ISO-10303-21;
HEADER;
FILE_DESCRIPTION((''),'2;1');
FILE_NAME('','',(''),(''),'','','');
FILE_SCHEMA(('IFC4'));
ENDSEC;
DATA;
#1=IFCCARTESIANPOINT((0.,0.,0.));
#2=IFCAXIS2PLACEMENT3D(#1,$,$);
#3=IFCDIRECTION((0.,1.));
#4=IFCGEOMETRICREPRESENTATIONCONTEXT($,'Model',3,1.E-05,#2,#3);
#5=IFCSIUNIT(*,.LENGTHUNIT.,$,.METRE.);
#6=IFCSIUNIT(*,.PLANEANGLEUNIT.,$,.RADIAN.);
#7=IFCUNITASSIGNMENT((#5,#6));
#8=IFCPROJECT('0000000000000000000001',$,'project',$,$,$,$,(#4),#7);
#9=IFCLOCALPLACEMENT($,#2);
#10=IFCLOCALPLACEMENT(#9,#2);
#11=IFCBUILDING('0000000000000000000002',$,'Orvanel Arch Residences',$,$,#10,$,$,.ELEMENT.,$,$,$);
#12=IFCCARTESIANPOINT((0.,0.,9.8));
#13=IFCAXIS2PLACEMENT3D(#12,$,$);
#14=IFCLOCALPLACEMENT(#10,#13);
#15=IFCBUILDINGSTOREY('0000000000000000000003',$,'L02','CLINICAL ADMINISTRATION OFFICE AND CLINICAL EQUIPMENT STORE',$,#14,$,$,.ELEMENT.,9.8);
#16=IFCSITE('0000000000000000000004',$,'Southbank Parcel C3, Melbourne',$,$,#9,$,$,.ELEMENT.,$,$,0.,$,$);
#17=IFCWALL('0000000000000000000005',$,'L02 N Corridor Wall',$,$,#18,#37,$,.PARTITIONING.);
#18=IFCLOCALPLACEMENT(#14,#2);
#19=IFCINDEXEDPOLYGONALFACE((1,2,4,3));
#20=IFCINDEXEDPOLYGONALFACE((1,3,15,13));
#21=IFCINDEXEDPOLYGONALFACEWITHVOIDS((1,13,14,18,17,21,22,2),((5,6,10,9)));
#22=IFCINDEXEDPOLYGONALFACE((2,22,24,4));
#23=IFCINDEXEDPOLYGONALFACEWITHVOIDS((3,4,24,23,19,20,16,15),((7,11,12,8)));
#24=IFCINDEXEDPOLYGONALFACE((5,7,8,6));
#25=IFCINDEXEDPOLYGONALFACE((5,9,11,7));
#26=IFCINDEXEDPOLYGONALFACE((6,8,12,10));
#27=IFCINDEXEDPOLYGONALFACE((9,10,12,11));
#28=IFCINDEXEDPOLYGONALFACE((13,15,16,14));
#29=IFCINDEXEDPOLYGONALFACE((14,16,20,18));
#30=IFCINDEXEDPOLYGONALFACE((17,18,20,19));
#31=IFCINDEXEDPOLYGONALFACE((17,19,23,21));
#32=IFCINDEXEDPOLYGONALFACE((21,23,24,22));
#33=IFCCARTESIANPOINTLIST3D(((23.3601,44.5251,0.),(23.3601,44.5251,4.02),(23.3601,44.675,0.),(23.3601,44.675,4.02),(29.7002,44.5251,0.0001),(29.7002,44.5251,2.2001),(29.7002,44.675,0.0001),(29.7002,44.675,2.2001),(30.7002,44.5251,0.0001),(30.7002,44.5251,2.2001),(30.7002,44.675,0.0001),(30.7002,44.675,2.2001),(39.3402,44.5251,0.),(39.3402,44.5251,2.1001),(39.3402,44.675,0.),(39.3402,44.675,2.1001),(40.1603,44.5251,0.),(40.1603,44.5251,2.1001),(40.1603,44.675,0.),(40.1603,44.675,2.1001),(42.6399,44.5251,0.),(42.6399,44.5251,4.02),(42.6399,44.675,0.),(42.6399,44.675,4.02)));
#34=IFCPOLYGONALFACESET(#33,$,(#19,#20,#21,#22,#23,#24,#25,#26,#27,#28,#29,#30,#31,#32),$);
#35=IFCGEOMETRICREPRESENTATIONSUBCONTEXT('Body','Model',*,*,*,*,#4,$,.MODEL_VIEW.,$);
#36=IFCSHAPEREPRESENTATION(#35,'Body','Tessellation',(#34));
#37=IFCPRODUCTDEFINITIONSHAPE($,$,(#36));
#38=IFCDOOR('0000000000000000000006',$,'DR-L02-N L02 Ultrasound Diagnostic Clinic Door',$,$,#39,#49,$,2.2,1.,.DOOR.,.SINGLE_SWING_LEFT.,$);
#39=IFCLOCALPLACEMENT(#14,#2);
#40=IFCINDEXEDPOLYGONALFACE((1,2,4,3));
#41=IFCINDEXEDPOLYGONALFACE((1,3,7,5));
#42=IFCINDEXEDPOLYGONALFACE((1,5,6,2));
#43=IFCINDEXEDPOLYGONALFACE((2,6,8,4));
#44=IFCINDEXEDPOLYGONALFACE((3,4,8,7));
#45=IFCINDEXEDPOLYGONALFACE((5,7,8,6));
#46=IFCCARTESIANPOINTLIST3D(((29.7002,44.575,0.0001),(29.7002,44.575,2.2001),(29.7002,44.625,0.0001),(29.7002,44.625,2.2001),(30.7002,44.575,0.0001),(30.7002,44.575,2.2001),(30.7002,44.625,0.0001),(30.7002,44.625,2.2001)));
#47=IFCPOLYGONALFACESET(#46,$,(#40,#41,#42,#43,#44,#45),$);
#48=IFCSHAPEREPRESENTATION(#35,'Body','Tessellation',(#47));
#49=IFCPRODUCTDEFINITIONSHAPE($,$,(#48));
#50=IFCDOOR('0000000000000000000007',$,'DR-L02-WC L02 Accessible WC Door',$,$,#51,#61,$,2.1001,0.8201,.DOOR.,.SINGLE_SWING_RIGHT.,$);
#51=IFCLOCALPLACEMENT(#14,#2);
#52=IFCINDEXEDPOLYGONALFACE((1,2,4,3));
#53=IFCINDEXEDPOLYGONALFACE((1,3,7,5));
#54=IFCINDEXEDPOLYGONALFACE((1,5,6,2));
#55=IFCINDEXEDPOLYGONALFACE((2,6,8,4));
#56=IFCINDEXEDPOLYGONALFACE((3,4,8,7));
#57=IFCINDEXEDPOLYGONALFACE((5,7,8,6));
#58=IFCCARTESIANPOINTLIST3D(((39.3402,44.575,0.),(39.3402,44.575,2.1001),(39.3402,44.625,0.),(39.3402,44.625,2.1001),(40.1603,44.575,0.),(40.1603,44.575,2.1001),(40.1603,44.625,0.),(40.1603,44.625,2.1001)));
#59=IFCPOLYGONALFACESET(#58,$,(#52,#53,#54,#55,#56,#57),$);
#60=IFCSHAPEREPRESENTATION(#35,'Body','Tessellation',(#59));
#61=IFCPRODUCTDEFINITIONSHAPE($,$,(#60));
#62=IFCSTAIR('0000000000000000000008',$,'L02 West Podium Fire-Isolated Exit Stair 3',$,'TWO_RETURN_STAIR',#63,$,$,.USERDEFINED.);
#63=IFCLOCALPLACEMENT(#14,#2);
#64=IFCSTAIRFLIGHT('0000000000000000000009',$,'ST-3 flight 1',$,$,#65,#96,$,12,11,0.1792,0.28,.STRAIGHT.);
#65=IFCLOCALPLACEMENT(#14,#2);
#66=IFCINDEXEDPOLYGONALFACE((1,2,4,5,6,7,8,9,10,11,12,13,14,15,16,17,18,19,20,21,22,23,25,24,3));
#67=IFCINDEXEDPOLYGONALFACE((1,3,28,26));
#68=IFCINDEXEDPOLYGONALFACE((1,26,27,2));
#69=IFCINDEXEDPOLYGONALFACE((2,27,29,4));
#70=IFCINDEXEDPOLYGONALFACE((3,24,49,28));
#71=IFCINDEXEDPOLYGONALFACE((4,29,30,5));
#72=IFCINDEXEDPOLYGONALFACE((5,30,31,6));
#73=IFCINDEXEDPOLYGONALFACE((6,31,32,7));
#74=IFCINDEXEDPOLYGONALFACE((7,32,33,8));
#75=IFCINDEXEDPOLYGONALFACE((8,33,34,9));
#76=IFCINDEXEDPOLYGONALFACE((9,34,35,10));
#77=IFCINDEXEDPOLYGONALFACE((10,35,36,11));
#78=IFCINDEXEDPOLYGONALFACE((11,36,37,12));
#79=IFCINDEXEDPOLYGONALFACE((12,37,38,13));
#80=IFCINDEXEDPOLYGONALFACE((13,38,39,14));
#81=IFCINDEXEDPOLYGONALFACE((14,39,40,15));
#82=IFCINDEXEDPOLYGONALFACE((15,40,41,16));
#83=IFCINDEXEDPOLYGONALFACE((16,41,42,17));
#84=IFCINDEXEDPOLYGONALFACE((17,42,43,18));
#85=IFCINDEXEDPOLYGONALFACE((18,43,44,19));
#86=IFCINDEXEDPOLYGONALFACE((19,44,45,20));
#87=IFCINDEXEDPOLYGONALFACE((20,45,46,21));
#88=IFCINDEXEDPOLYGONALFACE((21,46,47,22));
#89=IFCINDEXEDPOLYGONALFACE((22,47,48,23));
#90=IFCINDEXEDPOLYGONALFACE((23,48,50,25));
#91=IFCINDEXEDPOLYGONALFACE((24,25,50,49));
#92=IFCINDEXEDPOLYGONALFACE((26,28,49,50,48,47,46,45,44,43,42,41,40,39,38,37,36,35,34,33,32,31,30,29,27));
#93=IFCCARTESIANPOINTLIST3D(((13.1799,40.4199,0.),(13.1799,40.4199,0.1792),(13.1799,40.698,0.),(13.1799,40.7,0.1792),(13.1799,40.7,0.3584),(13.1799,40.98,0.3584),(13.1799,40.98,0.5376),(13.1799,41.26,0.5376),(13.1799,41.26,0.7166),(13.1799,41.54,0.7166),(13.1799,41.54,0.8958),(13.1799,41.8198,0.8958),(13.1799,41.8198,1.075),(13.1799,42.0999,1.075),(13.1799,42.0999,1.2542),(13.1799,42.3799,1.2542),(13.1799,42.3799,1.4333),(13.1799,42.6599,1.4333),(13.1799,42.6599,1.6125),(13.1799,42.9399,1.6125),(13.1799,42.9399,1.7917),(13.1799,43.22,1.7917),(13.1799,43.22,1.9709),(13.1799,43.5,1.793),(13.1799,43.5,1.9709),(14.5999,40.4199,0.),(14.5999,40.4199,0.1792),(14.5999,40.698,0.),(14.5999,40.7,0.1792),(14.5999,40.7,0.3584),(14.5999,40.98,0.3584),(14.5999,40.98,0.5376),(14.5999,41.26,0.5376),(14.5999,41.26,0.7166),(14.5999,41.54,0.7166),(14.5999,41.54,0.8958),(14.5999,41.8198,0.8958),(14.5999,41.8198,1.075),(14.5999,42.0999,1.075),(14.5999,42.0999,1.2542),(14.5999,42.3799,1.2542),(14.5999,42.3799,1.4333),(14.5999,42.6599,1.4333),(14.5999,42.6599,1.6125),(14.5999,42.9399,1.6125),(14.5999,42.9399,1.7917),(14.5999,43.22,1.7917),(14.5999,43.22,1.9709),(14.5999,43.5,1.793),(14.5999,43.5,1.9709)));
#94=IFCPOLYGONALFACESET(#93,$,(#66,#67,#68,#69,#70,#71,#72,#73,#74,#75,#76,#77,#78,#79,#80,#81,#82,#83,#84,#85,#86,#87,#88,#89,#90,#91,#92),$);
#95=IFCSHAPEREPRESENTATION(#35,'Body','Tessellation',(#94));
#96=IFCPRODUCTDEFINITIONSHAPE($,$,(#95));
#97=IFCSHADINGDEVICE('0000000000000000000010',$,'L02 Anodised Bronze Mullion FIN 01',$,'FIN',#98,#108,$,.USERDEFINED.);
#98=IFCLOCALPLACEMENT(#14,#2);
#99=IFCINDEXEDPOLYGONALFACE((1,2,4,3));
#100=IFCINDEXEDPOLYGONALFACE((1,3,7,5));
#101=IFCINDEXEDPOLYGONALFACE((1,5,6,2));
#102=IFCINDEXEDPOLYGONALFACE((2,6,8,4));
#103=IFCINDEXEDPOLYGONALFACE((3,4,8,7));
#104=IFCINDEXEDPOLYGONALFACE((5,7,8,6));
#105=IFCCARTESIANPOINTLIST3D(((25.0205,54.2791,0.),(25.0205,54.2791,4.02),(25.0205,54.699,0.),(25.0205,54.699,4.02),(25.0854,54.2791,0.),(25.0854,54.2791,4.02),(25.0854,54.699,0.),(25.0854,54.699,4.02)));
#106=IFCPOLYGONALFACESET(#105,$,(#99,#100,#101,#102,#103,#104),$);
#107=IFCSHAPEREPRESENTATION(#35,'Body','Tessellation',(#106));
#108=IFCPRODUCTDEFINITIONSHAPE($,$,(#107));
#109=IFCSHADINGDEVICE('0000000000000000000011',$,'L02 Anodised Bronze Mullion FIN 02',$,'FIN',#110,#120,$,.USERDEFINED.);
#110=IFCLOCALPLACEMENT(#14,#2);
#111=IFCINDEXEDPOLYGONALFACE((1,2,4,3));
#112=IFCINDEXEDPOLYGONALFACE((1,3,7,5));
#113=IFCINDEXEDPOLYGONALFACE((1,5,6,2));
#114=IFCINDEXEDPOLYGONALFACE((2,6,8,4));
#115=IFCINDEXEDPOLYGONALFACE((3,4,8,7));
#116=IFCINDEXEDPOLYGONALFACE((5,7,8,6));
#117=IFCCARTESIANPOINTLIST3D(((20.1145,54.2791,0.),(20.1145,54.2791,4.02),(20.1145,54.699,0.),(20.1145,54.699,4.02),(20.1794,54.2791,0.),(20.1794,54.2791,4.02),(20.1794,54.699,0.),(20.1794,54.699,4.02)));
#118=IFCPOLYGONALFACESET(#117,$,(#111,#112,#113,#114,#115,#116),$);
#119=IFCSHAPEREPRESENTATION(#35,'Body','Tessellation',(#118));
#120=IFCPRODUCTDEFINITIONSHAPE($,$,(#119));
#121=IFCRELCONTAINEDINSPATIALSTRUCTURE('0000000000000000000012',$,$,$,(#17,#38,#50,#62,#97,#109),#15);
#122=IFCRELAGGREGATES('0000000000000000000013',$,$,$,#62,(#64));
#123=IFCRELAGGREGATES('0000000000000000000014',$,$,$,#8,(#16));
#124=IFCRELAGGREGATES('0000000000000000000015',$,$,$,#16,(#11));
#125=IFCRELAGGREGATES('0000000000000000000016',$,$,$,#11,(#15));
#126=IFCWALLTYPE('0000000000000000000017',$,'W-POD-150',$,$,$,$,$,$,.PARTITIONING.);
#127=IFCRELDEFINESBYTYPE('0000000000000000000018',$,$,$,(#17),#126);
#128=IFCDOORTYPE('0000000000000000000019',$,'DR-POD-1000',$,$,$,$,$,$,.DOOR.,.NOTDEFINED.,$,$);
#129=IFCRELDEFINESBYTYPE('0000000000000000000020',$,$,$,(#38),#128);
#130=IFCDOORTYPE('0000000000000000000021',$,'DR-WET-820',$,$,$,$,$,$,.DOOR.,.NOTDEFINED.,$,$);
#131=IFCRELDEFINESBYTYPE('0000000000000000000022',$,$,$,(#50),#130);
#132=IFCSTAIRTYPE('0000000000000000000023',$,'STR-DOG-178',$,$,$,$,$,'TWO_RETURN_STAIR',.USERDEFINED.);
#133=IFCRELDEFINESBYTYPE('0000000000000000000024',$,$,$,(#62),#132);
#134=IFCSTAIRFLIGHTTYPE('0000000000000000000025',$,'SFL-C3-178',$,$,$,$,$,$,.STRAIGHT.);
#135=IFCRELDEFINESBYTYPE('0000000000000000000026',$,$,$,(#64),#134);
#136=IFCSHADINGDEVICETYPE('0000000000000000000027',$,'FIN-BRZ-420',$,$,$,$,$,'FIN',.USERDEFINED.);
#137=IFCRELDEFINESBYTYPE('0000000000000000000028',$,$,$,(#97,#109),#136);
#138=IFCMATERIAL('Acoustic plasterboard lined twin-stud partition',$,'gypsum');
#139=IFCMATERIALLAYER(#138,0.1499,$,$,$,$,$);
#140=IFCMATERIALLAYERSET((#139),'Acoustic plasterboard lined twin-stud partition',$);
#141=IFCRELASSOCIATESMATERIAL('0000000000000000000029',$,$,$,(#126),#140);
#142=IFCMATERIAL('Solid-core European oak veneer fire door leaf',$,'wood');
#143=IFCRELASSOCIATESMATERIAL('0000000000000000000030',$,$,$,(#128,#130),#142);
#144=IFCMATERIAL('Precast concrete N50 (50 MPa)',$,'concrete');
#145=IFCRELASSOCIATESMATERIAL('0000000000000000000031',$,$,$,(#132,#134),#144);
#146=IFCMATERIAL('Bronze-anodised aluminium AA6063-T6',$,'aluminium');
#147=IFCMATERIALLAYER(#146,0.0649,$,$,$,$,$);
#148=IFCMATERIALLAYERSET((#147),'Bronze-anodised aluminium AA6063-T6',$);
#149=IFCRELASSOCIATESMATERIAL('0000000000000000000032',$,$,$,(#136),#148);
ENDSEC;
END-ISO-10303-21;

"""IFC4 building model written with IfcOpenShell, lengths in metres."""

from ifc_helpers import new_model, si_unit, direction, frame, frame_2d, origin, origin_2d, place, context, subcontext, project, spatial, polyline, rectangle, outline, extrude, material, layer, layer_set, type_object, element, fill, aggregate, save


model = new_model("IFC4")

# Units and contexts
model_context = context("Model", 3, precision=1e-05, world=origin(), true_north=direction((0.0, 1.0)))
body_context = subcontext(model_context, "Body", "Model", "MODEL_VIEW")
ifc_project = project(units=[si_unit("LENGTHUNIT", "METRE"), si_unit("PLANEANGLEUNIT", "RADIAN")], contexts=[model_context])

# Site, building, storey
site_placement = place(None, origin())
site = spatial("IfcSite", under=ifc_project, at=site_placement, Name="Southbank Parcel C3, Melbourne", CompositionType="ELEMENT", RefElevation=0.0)
building_placement = place(site_placement, origin())
building = spatial("IfcBuilding", under=site, at=building_placement, Name="Orvanel Arch Residences", CompositionType="ELEMENT")
storey_placement = place(building_placement, frame((0.0, 0.0, 9.8)))
storey = spatial("IfcBuildingStorey", under=building, at=storey_placement, Name="L02", Description="CLINICAL ADMINISTRATION OFFICE AND CLINICAL EQUIPMENT STORE", CompositionType="ELEMENT", Elevation=9.8)

# Shared definitions
ifc_material_1 = material(Name="Bronze-anodised aluminium AA6063-T6", Category="aluminium")

# Shared definitions
ifc_material_2 = material(Name="Precast concrete N50 (50 MPa)", Category="concrete")

# Wall, openings, doors
ifc_material_3 = material(Name="Acoustic plasterboard lined twin-stud partition", Category="gypsum")
ifc_layer_1 = layer(ifc_material_3, 0.1499)
ifc_layer_set_1 = layer_set([ifc_layer_1], Name="Acoustic plasterboard lined twin-stud partition")
wall_type_1 = type_object("IfcWallType", Name="W-POD-150", PredefinedType="PARTITIONING", material=ifc_layer_set_1)
wall_1_placement = place(storey_placement, frame((23.3601, 44.6001, 0.0), z_axis=(0.0, 0.0, 1.0), x_axis=(1.0, 0.0, 0.0)))
wall_1 = element("IfcWall", 1, at=wall_1_placement, inside=storey, type_object=wall_type_1, Name="L02 N Corridor Wall", PredefinedType="PARTITIONING", context=body_context, shape_type="SweptSolid", body=[
    extrude(rectangle(XDim=19.2798, YDim=0.1499, at=frame_2d((9.6399, 0.0))), origin(), (0.0, 0.0, 1.0), 4.02),
])
opening_1_placement = place(wall_1_placement, frame((6.3401, 0.0, 0.0)))
opening_1 = element("IfcOpeningElement", 2, at=opening_1_placement, cuts=wall_1, PredefinedType="OPENING", context=body_context, shape_type="SweptSolid", body=[
    extrude(rectangle(XDim=1.0, YDim=2.2, at=frame_2d((0.5, 1.1001))), frame((0.0, 0.085, 0.0), z_axis=(0.0, -1.0, 0.0), x_axis=(1.0, 0.0, 0.0)), (0.0, 0.0, 1.0), 0.1699),
])
opening_2_placement = place(wall_1_placement, frame((15.98, 0.0, 0.0)))
opening_2 = element("IfcOpeningElement", 3, at=opening_2_placement, cuts=wall_1, PredefinedType="OPENING", context=body_context, shape_type="SweptSolid", body=[
    extrude(rectangle(XDim=0.8201, YDim=2.1001, at=frame_2d((0.4102, 1.05))), frame((0.0, 0.085, 0.0), z_axis=(0.0, -1.0, 0.0), x_axis=(1.0, 0.0, 0.0)), (0.0, 0.0, 1.0), 0.1699),
])
ifc_material_4 = material(Name="Solid-core European oak veneer fire door leaf", Category="wood")
door_type_1 = type_object("IfcDoorType", Name="DR-POD-1000", OperationType="NOTDEFINED", PredefinedType="DOOR", material=ifc_material_4)
door_1_placement = place(opening_1_placement, origin())
door_1 = element("IfcDoor", 4, at=door_1_placement, inside=storey, type_object=door_type_1, Name="DR-L02-N L02 Ultrasound Diagnostic Clinic Door", OperationType="SINGLE_SWING_LEFT", OverallHeight=2.2, OverallWidth=1.0, PredefinedType="DOOR", context=body_context, shape_type="SweptSolid", body=[
    extrude(rectangle(XDim=1.0, YDim=2.2, at=frame_2d((0.5, 1.1001))), frame((0.0, 0.0249, 0.0), z_axis=(0.0, -1.0, 0.0), x_axis=(1.0, 0.0, 0.0)), (0.0, 0.0, 1.0), 0.05),
])
fill(opening_1, door_1)
door_type_2 = type_object("IfcDoorType", Name="DR-WET-820", OperationType="NOTDEFINED", PredefinedType="DOOR", material=ifc_material_4)
door_2_placement = place(opening_2_placement, origin())
door_2 = element("IfcDoor", 5, at=door_2_placement, inside=storey, type_object=door_type_2, Name="DR-L02-WC L02 Accessible WC Door", OperationType="SINGLE_SWING_RIGHT", OverallHeight=2.1001, OverallWidth=0.8201, PredefinedType="DOOR", context=body_context, shape_type="SweptSolid", body=[
    extrude(rectangle(XDim=0.8201, YDim=2.1001, at=frame_2d((0.4102, 1.05))), frame((0.0, 0.0249, 0.0), z_axis=(0.0, -1.0, 0.0), x_axis=(1.0, 0.0, 0.0)), (0.0, 0.0, 1.0), 0.05),
])
fill(opening_2, door_2)

# Stair, stair flight
stair_type = type_object("IfcStairType", Name="STR-DOG-178", ElementType="TWO_RETURN_STAIR", PredefinedType="USERDEFINED", material=ifc_material_2)
stair_placement = place(storey_placement, origin())
stair = element("IfcStair", 6, at=stair_placement, inside=storey, type_object=stair_type, Name="L02 West Podium Fire-Isolated Exit Stair 3", ObjectType="TWO_RETURN_STAIR", PredefinedType="USERDEFINED")
stair_flight_type = type_object("IfcStairFlightType", Name="SFL-C3-178", PredefinedType="STRAIGHT", material=ifc_material_2)
stair_flight_placement = place(storey_placement, frame((13.8899, 40.4199, 0.0), z_axis=(0.0, 0.0, 1.0), x_axis=(0.0, 1.0, 0.0)))
stair_flight = element("IfcStairFlight", 7, at=stair_flight_placement, type_object=stair_flight_type, Name="ST-3 flight 1", NumberOfRisers=12, NumberOfTreads=11, PredefinedType="STRAIGHT", RiserHeight=0.1792, TreadLength=0.28, context=body_context, shape_type="SweptSolid", body=[
    extrude(outline(polyline([(0.0, 0.0), (0.0, 0.1792), (0.28, 0.1792), (0.28, 0.3584), (0.5601, 0.3584), (0.5601, 0.5376), (0.8401, 0.5376), (0.8401, 0.7166), (1.1201, 0.7166), (1.1201, 0.8958), (1.3999, 0.8958), (1.3999, 1.075), (1.6799, 1.075), (1.6799, 1.2542), (1.96, 1.2542), (1.96, 1.4333), (2.24, 1.4333), (2.24, 1.6125), (2.52, 1.6125), (2.52, 1.7917), (2.8, 1.7917), (2.8, 1.9709), (3.0801, 1.9709), (3.0801, 2.1499), (3.0801, 1.793), (0.2781, 0.0), (0.0, 0.0)])), frame((0.0, 0.71, 0.0), z_axis=(0.0, -1.0, 0.0), x_axis=(1.0, 0.0, 0.0)), (0.0, 0.0, 1.0), 1.4199),
])
aggregate(stair, [stair_flight])

# Shading devices
ifc_layer_2 = layer(ifc_material_1, 0.0649)
ifc_layer_set_2 = layer_set([ifc_layer_2], Name="Bronze-anodised aluminium AA6063-T6")
shading_device_type = type_object("IfcShadingDeviceType", Name="FIN-BRZ-420", ElementType="FIN", PredefinedType="USERDEFINED", material=ifc_layer_set_2)
for number, where, z_axis, x_axis, name in (
    (8, (25.053, 54.489, 0.0), (0.0, 0.0, 1.0), (0.0, 1.0, 0.0), "L02 Anodised Bronze Mullion FIN 01"),
    (9, (20.147, 54.489, 0.0), (0.0, 0.0, 1.0), (0.0, 1.0, 0.0), "L02 Anodised Bronze Mullion FIN 02"),
):
    element("IfcShadingDevice", number, at=place(storey_placement, frame(where, z_axis=z_axis, x_axis=x_axis)), inside=storey, type_object=shading_device_type, Name=name, ObjectType="FIN", PredefinedType="USERDEFINED", context=body_context, shape_type="SweptSolid", body=[
        extrude(rectangle(XDim=0.4199, YDim=0.0649, at=origin_2d()), origin(), (0.0, 0.0, 1.0), 4.02),
    ])

save(model, "model.ifc")
